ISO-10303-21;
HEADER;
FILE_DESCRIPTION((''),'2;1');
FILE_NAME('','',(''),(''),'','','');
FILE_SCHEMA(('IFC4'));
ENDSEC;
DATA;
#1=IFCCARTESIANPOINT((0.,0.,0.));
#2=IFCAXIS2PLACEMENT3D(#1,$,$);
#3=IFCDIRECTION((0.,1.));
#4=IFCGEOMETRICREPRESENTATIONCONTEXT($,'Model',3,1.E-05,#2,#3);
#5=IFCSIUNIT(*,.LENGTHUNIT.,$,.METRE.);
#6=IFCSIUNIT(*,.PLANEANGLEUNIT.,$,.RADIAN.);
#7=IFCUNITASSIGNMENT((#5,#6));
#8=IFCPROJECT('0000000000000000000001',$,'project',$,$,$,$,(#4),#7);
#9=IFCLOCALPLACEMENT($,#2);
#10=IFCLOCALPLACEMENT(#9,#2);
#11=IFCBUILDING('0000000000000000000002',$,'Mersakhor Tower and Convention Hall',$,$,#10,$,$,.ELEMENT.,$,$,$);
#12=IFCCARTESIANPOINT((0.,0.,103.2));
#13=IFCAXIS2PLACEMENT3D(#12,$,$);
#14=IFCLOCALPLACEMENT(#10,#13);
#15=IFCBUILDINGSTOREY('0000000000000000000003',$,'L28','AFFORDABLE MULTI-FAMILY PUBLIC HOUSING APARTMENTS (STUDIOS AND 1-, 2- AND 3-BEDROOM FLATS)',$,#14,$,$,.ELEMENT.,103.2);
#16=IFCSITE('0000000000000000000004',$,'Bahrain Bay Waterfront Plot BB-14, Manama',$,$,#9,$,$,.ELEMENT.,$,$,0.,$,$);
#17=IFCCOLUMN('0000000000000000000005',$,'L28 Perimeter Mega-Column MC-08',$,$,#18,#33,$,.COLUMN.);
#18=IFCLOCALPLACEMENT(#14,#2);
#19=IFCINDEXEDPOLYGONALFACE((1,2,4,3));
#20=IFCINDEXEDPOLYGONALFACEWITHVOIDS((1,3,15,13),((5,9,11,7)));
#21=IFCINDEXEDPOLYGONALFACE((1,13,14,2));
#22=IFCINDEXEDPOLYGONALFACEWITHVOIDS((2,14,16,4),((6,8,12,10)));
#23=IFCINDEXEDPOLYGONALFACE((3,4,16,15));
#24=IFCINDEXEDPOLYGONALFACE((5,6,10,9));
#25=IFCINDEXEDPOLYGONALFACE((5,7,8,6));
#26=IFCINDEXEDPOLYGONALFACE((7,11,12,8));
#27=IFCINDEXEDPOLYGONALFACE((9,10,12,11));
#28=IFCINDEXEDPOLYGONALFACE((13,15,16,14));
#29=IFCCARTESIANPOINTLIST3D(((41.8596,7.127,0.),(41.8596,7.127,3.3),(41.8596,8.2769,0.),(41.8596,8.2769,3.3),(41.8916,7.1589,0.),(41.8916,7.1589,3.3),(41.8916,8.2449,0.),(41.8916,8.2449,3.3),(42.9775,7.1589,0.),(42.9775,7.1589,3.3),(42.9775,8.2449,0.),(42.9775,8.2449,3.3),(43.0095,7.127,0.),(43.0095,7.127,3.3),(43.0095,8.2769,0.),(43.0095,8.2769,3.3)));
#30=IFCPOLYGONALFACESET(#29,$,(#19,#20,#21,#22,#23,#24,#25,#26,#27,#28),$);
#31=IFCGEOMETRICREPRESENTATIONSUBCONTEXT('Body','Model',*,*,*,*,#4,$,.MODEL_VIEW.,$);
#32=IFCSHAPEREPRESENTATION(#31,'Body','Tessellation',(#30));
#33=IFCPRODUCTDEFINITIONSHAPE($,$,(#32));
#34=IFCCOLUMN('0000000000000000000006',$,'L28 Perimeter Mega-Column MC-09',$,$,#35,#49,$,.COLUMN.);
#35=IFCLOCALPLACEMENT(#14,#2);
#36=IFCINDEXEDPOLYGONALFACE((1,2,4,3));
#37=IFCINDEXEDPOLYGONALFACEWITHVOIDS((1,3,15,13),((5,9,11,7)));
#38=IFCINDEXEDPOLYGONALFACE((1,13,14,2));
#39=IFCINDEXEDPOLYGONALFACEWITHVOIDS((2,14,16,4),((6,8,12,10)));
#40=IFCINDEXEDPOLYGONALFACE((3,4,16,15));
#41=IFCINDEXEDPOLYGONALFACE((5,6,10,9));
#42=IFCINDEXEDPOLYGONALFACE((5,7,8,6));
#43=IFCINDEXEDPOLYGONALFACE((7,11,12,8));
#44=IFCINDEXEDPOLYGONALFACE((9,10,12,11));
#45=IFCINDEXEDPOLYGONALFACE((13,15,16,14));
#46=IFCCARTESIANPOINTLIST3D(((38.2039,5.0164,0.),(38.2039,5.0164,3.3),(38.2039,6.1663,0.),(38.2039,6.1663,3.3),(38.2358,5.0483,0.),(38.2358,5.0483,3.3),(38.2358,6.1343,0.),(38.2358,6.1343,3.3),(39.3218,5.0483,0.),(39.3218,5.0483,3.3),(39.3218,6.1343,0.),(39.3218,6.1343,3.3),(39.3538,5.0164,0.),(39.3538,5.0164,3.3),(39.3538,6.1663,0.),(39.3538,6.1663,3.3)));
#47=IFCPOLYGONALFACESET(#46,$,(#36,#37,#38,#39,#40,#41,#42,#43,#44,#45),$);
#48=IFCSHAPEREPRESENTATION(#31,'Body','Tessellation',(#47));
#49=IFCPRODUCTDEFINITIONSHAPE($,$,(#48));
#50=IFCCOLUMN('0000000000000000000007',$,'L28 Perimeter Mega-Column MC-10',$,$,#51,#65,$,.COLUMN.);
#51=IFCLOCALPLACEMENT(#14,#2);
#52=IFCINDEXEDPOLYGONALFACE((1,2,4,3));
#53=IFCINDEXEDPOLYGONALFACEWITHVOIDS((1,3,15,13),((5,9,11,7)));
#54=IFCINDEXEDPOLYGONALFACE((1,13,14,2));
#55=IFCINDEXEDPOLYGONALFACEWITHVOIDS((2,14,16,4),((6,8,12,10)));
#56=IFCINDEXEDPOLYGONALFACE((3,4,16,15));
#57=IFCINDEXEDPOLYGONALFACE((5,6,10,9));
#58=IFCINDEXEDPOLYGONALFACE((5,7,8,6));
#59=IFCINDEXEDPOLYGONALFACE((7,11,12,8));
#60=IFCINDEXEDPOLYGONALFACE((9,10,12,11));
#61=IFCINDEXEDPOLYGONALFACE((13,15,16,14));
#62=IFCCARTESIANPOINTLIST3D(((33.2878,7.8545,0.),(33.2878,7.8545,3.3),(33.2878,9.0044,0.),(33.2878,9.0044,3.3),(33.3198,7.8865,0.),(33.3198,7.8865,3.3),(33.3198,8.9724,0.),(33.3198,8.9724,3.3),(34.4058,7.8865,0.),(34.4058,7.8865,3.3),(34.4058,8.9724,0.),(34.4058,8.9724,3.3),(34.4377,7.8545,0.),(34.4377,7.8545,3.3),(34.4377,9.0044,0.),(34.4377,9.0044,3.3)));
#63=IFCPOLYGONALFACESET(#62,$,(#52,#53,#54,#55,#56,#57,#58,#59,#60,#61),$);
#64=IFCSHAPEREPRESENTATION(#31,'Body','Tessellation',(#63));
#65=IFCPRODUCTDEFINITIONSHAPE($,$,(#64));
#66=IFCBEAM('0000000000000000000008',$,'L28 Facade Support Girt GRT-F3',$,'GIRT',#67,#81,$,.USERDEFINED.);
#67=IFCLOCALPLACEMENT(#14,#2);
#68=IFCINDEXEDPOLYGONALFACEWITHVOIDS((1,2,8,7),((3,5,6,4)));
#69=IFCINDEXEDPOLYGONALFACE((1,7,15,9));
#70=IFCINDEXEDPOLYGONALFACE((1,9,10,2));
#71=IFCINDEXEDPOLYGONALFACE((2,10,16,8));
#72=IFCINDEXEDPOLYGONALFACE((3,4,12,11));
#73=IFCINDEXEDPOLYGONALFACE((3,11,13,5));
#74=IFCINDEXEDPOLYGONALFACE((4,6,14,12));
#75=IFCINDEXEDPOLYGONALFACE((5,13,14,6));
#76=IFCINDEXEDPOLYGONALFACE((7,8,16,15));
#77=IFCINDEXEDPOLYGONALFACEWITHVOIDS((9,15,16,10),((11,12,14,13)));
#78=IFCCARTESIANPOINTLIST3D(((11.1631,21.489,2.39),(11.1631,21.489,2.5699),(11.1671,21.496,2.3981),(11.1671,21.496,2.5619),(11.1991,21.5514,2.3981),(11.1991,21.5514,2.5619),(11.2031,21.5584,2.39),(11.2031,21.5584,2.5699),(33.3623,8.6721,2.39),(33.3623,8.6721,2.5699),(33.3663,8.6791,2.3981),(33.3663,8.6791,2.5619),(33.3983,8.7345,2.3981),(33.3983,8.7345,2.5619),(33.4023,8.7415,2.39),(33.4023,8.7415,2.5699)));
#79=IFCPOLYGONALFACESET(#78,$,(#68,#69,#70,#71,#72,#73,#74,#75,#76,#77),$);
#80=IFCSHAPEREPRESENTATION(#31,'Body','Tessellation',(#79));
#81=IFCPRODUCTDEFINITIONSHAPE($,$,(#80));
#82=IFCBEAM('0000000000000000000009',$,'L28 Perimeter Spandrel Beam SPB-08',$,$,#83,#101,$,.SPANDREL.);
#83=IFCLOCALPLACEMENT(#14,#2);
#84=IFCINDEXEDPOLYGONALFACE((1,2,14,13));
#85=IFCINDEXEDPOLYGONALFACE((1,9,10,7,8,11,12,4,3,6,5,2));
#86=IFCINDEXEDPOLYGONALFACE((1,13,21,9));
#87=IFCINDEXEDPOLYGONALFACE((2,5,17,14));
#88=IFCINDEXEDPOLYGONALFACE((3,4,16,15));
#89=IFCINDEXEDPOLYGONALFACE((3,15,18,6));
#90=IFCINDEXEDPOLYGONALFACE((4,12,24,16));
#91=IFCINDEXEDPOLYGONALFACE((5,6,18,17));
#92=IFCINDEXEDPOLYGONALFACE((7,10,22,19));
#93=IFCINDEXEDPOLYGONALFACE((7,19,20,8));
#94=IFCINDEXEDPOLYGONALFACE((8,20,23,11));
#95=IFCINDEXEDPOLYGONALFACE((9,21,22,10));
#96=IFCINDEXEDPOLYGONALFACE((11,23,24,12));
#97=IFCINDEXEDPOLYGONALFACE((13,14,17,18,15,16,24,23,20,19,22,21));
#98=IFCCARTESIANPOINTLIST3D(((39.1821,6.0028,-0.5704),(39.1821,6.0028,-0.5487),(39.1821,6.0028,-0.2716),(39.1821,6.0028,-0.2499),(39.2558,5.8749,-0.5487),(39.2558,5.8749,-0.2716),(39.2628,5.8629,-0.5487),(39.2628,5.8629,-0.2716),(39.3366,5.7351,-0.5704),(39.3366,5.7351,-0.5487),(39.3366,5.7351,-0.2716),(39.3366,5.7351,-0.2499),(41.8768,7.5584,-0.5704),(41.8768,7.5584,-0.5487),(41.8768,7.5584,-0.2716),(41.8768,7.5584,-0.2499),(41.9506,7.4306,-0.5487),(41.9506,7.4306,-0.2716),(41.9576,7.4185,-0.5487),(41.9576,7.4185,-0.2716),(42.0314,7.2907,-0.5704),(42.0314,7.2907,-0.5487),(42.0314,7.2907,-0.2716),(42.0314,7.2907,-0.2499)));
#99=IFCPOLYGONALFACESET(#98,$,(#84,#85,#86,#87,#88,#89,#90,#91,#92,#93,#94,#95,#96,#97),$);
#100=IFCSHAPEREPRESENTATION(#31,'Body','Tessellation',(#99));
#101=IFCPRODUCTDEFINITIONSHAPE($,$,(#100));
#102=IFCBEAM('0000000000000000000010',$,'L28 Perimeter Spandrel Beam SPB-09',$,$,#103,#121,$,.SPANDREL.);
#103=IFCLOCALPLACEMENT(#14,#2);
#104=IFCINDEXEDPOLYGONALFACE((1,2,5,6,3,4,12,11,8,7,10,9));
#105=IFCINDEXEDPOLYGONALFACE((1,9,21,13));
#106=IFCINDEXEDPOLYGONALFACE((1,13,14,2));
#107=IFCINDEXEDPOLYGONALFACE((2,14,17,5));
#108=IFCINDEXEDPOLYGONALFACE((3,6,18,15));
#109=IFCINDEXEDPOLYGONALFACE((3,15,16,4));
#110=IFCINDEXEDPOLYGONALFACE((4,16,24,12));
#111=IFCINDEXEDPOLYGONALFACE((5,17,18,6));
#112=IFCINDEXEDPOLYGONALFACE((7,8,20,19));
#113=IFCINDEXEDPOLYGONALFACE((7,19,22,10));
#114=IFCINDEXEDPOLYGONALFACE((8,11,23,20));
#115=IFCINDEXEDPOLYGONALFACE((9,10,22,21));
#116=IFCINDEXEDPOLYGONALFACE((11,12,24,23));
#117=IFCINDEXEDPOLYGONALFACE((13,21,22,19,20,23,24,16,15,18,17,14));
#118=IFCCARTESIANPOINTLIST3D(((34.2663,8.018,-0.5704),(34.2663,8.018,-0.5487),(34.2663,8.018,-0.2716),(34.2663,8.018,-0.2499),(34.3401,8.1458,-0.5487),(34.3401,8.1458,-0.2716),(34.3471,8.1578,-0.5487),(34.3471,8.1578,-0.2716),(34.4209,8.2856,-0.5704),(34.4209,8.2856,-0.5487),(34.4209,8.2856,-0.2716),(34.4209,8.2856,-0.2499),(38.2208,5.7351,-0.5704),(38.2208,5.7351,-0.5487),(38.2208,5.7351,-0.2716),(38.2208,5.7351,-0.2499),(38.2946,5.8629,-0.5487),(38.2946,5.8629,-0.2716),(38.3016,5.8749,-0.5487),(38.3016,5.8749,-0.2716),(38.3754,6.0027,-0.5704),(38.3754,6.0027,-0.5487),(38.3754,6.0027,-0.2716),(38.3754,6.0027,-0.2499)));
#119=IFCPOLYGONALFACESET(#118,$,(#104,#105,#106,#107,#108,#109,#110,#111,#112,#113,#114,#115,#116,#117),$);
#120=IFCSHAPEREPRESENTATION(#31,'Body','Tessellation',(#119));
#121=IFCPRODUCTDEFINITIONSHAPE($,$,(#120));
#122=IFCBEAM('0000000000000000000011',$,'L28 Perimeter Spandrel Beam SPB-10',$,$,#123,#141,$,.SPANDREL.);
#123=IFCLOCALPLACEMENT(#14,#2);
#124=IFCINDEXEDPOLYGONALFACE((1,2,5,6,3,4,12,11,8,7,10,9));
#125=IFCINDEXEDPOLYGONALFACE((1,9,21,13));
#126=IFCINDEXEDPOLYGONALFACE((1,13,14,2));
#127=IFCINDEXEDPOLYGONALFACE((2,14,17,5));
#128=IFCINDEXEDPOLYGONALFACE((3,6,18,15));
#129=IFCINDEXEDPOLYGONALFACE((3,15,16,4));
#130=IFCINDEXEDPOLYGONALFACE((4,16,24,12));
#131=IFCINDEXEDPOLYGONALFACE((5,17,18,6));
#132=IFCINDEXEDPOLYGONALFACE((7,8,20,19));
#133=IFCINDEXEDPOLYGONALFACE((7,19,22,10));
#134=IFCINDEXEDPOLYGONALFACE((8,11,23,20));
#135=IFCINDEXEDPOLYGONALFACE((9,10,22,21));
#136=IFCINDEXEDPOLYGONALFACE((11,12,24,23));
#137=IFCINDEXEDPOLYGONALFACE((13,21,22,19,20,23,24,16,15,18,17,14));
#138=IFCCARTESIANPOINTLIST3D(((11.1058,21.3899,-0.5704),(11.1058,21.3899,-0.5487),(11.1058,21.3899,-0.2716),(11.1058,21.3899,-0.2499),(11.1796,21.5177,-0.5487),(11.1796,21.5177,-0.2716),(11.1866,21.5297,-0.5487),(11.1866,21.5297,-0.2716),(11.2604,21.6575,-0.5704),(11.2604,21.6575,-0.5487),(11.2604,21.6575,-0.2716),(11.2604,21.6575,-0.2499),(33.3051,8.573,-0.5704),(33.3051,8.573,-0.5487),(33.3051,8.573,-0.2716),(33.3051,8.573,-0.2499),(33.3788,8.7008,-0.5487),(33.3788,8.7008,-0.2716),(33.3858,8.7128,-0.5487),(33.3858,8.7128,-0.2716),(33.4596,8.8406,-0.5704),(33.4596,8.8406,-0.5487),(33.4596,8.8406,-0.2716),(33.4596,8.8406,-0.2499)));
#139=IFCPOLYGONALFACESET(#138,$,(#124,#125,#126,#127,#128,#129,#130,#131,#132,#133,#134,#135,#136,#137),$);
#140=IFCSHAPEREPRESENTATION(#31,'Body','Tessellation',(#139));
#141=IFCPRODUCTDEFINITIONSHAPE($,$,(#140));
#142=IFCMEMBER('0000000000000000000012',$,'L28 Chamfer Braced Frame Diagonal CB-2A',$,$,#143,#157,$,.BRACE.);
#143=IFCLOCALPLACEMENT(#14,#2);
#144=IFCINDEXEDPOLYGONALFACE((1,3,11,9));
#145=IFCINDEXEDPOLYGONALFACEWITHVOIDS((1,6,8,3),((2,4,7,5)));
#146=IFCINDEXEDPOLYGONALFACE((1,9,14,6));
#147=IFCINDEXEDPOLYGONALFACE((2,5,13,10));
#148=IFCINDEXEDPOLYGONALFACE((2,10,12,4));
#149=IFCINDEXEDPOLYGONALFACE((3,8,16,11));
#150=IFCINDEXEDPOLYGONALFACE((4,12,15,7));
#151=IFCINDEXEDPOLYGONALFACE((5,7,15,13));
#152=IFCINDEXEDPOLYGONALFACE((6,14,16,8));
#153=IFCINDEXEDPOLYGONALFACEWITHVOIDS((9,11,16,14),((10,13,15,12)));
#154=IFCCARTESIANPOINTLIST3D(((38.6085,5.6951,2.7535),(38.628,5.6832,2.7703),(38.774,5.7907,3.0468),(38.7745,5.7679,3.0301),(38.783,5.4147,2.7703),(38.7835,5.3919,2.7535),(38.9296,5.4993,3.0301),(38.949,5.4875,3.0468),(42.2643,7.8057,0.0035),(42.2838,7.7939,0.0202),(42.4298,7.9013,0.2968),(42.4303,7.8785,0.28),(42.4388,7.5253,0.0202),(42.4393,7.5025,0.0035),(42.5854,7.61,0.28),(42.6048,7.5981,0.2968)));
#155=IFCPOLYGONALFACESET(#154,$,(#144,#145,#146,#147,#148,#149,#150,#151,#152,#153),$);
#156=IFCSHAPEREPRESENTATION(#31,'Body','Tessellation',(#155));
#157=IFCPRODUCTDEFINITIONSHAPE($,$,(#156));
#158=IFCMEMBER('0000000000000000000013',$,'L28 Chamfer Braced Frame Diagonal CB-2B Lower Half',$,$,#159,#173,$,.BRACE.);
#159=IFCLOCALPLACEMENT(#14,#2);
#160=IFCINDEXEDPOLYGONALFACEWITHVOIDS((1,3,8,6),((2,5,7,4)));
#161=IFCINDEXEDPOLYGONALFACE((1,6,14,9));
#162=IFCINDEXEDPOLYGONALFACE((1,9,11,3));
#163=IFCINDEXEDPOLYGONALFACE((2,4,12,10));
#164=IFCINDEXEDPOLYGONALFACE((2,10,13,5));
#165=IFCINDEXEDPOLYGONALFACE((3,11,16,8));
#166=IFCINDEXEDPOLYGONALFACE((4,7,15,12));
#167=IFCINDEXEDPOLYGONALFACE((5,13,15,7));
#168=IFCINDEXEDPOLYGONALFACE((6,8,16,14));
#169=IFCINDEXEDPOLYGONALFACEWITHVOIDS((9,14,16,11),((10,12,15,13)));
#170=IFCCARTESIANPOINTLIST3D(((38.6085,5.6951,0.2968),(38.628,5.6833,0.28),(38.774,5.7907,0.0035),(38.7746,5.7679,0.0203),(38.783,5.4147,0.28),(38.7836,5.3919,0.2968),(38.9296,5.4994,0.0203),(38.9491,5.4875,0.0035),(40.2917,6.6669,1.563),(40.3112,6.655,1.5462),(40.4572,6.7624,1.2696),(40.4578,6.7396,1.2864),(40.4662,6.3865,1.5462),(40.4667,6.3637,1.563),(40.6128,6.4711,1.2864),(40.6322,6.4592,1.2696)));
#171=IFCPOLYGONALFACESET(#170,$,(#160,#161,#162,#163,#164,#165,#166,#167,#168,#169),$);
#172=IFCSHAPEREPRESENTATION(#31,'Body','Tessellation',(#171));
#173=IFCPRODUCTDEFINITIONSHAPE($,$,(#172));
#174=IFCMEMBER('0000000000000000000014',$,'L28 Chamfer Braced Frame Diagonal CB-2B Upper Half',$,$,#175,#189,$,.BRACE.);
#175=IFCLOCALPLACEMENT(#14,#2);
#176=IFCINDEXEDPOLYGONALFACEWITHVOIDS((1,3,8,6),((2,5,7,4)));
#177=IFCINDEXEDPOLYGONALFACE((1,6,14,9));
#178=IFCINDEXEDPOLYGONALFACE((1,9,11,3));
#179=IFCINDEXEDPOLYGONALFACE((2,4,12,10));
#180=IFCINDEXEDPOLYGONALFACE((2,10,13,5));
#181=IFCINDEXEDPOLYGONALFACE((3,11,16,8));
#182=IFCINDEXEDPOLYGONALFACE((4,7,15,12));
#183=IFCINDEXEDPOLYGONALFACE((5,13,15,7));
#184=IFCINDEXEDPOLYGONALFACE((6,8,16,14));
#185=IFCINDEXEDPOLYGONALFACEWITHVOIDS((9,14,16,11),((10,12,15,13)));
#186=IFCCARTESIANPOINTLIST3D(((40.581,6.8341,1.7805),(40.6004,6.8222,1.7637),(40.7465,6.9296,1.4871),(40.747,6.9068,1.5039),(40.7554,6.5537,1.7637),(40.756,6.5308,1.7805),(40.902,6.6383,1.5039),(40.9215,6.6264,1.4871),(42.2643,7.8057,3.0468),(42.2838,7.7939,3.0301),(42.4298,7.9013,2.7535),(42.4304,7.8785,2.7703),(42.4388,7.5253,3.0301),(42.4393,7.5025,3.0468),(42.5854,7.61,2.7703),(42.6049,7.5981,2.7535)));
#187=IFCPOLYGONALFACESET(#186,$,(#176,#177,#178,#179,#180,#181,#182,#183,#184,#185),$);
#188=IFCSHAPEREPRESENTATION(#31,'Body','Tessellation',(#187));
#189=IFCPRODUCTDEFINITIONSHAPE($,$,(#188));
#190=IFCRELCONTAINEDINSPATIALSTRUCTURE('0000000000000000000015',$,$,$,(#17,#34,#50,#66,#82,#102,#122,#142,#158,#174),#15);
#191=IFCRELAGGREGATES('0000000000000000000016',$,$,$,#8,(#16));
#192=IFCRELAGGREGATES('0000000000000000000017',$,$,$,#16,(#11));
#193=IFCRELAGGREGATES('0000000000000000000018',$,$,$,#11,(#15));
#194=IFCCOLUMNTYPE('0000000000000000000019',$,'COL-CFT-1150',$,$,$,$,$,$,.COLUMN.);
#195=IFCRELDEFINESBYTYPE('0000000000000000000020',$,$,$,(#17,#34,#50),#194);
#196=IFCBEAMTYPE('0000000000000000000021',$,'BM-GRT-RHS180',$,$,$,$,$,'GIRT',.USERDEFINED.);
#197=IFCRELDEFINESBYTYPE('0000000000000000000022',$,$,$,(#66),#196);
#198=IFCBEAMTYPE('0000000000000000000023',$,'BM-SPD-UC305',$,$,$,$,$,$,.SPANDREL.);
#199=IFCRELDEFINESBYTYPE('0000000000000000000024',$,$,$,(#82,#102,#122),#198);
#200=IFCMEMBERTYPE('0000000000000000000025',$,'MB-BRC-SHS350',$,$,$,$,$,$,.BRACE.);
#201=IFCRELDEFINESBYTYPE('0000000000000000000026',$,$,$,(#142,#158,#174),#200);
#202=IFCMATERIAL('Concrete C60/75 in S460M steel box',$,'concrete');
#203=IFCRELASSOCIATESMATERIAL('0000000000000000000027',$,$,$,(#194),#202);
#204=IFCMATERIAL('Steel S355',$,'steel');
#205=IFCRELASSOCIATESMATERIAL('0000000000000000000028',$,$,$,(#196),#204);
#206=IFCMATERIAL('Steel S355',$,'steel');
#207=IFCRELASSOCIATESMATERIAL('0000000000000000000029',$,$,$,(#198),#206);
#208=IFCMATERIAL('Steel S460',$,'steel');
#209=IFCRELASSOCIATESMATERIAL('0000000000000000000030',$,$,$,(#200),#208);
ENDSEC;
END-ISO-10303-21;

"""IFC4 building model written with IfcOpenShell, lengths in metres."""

from ifc_helpers import new_model, si_unit, direction, frame, origin, origin_2d, place, context, subcontext, project, spatial, hollow_rectangle, i_section, extrude, material, material_profile, profile_set, type_object, element, save


model = new_model("IFC4")

# Units and contexts
model_context = context("Model", 3, precision=1e-05, world=origin(), true_north=direction((0.0, 1.0)))
body_context = subcontext(model_context, "Body", "Model", "MODEL_VIEW")
ifc_project = project(units=[si_unit("LENGTHUNIT", "METRE"), si_unit("PLANEANGLEUNIT", "RADIAN")], contexts=[model_context])

# Site, building, storey
site_placement = place(None, origin())
site = spatial("IfcSite", under=ifc_project, at=site_placement, Name="Bahrain Bay Waterfront Plot BB-14, Manama", CompositionType="ELEMENT", RefElevation=0.0)
building_placement = place(site_placement, origin())
building = spatial("IfcBuilding", under=site, at=building_placement, Name="Mersakhor Tower and Convention Hall", CompositionType="ELEMENT")
storey_placement = place(building_placement, frame((0.0, 0.0, 103.2)))
storey = spatial("IfcBuildingStorey", under=building, at=storey_placement, Name="L28", Description="AFFORDABLE MULTI-FAMILY PUBLIC HOUSING APARTMENTS (STUDIOS AND 1-, 2- AND 3-BEDROOM FLATS)", CompositionType="ELEMENT", Elevation=103.2)

# Columns
ifc_material_1 = material(Name="Concrete C60/75 in S460M steel box", Category="concrete")
ifc_material_profile_1 = material_profile(ifc_material_1, hollow_rectangle(XDim=1.1499, YDim=1.1499, WallThickness=0.032, at=origin_2d()), Name="SHS 1150x1150x32")
ifc_profile_set_1 = profile_set([ifc_material_profile_1], Name="Concrete C60/75 in S460M steel box")
column_type = type_object("IfcColumnType", Name="COL-CFT-1150", PredefinedType="COLUMN", material=ifc_profile_set_1)
for number, where, z_axis, x_axis, name in (
    (1, (42.4346, 7.7019, 0.0), (0.0, 0.0, 1.0), (1.0, 0.0, 0.0), "L28 Perimeter Mega-Column MC-08"),
    (2, (38.7788, 5.5913, 0.0), (0.0, 0.0, 1.0), (1.0, 0.0, 0.0), "L28 Perimeter Mega-Column MC-09"),
    (3, (33.8628, 8.4294, 0.0), (0.0, 0.0, 1.0), (1.0, 0.0, 0.0), "L28 Perimeter Mega-Column MC-10"),
):
    element("IfcColumn", number, at=place(storey_placement, frame(where, z_axis=z_axis, x_axis=x_axis)), inside=storey, type_object=column_type, Name=name, PredefinedType="COLUMN", context=body_context, shape_type="SweptSolid", body=[
        extrude(hollow_rectangle(XDim=1.1499, YDim=1.1499, WallThickness=0.032, at=origin_2d()), origin(), (0.0, 0.0, 1.0), 3.3),
    ])

# Beams
ifc_material_2 = material(Name="Steel S355", Category="steel")
ifc_material_profile_2 = material_profile(ifc_material_2, hollow_rectangle(XDim=0.0801, YDim=0.1799, WallThickness=0.0081, at=origin_2d()), Name="RHS 180x80x8")
ifc_profile_set_2 = profile_set([ifc_material_profile_2], Name="Steel S355")
beam_type_1 = type_object("IfcBeamType", Name="BM-GRT-RHS180", ElementType="GIRT", PredefinedType="USERDEFINED", material=ifc_profile_set_2)
beam_1_placement = place(storey_placement, frame((33.3823, 8.7068, 2.48), z_axis=(-0.866023, 0.500005, 0.0), x_axis=(-0.500005, -0.866023, 0.0)))
element("IfcBeam", 4, at=beam_1_placement, inside=storey, type_object=beam_type_1, Name="L28 Facade Support Girt GRT-F3", ObjectType="GIRT", PredefinedType="USERDEFINED", context=body_context, shape_type="SweptSolid", body=[
    extrude(hollow_rectangle(XDim=0.0801, YDim=0.1799, WallThickness=0.0081, at=origin_2d()), origin(), (0.0, 0.0, 1.0), 25.6335),
])
ifc_material_3 = material(Name="Steel S355", Category="steel")
ifc_material_profile_3 = material_profile(ifc_material_3, i_section(OverallWidth=0.3091, OverallDepth=0.3206, WebThickness=0.0139, FlangeThickness=0.0217, at=origin_2d()), Name="UC 305x305x137")
ifc_profile_set_3 = profile_set([ifc_material_profile_3], Name="Steel S355")
beam_type_2 = type_object("IfcBeamType", Name="BM-SPD-UC305", PredefinedType="SPANDREL", material=ifc_profile_set_3)
beam_2_placement = place(storey_placement, frame((41.9541, 7.4246, -0.4102), z_axis=(-0.866052, -0.499953, 0.0), x_axis=(0.499953, -0.866052, 0.0)))
element("IfcBeam", 5, at=beam_2_placement, inside=storey, type_object=beam_type_2, Name="L28 Perimeter Spandrel Beam SPB-08", PredefinedType="SPANDREL", context=body_context, shape_type="SweptSolid", body=[
    extrude(i_section(OverallWidth=0.3091, OverallDepth=0.3206, WebThickness=0.0139, FlangeThickness=0.0217, at=origin_2d()), origin(), (0.0, 0.0, 1.0), 3.1116),
])
beam_3_placement = place(storey_placement, frame((38.2981, 5.8689, -0.4102), z_axis=(-0.866047, 0.499963, 0.0), x_axis=(-0.499963, -0.866047, 0.0)))
element("IfcBeam", 6, at=beam_3_placement, inside=storey, type_object=beam_type_2, Name="L28 Perimeter Spandrel Beam SPB-09", PredefinedType="SPANDREL", context=body_context, shape_type="SweptSolid", body=[
    extrude(i_section(OverallWidth=0.3091, OverallDepth=0.3206, WebThickness=0.0139, FlangeThickness=0.0217, at=origin_2d()), origin(), (0.0, 0.0, 1.0), 4.5662),
])
beam_4_placement = place(storey_placement, frame((33.3823, 8.7068, -0.4102), z_axis=(-0.866023, 0.500005, 0.0), x_axis=(-0.500005, -0.866023, 0.0)))
element("IfcBeam", 7, at=beam_4_placement, inside=storey, type_object=beam_type_2, Name="L28 Perimeter Spandrel Beam SPB-10", PredefinedType="SPANDREL", context=body_context, shape_type="SweptSolid", body=[
    extrude(i_section(OverallWidth=0.3091, OverallDepth=0.3206, WebThickness=0.0139, FlangeThickness=0.0217, at=origin_2d()), origin(), (0.0, 0.0, 1.0), 25.6335),
])

# Members
ifc_material_4 = material(Name="Steel S460", Category="steel")
ifc_material_profile_4 = material_profile(ifc_material_4, hollow_rectangle(XDim=0.3501, YDim=0.3501, WallThickness=0.02, at=origin_2d()), Name="SHS 350x350x20")
ifc_profile_set_4 = profile_set([ifc_material_profile_4], Name="Steel S460")
member_type = type_object("IfcMemberType", Name="MB-BRC-SHS350", PredefinedType="BRACE", material=ifc_profile_set_4)
member_1_placement = place(storey_placement, frame((42.4346, 7.7019, 0.1501), z_axis=(-0.725634, -0.418933, 0.545849), x_axis=(0.499989, -0.866031, 0.0)))
element("IfcMember", 8, at=member_1_placement, inside=storey, type_object=member_type, Name="L28 Chamfer Braced Frame Diagonal CB-2A", PredefinedType="BRACE", context=body_context, shape_type="SweptSolid", body=[
    extrude(hollow_rectangle(XDim=0.3501, YDim=0.3501, WallThickness=0.02, at=origin_2d()), origin(), (0.0, 0.0, 1.0), 5.0381),
])
member_2_placement = place(storey_placement, frame((38.7788, 5.5913, 0.1501), z_axis=(0.725635, 0.418919, 0.545858), x_axis=(-0.499976, 0.866039, 0.0)))
element("IfcMember", 9, at=member_2_placement, inside=storey, type_object=member_type, Name="L28 Chamfer Braced Frame Diagonal CB-2B Lower Half", PredefinedType="BRACE", context=body_context, shape_type="SweptSolid", body=[
    extrude(hollow_rectangle(XDim=0.3501, YDim=0.3501, WallThickness=0.02, at=origin_2d()), origin(), (0.0, 0.0, 1.0), 2.3196),
])
member_3_placement = place(storey_placement, frame((40.7512, 6.7302, 1.6338), z_axis=(0.725643, 0.418863, 0.54589), x_axis=(-0.499922, 0.866071, 0.0)))
element("IfcMember", 10, at=member_3_placement, inside=storey, type_object=member_type, Name="L28 Chamfer Braced Frame Diagonal CB-2B Upper Half", PredefinedType="BRACE", context=body_context, shape_type="SweptSolid", body=[
    extrude(hollow_rectangle(XDim=0.3501, YDim=0.3501, WallThickness=0.02, at=origin_2d()), origin(), (0.0, 0.0, 1.0), 2.3198),
])

save(model, "model.ifc")
